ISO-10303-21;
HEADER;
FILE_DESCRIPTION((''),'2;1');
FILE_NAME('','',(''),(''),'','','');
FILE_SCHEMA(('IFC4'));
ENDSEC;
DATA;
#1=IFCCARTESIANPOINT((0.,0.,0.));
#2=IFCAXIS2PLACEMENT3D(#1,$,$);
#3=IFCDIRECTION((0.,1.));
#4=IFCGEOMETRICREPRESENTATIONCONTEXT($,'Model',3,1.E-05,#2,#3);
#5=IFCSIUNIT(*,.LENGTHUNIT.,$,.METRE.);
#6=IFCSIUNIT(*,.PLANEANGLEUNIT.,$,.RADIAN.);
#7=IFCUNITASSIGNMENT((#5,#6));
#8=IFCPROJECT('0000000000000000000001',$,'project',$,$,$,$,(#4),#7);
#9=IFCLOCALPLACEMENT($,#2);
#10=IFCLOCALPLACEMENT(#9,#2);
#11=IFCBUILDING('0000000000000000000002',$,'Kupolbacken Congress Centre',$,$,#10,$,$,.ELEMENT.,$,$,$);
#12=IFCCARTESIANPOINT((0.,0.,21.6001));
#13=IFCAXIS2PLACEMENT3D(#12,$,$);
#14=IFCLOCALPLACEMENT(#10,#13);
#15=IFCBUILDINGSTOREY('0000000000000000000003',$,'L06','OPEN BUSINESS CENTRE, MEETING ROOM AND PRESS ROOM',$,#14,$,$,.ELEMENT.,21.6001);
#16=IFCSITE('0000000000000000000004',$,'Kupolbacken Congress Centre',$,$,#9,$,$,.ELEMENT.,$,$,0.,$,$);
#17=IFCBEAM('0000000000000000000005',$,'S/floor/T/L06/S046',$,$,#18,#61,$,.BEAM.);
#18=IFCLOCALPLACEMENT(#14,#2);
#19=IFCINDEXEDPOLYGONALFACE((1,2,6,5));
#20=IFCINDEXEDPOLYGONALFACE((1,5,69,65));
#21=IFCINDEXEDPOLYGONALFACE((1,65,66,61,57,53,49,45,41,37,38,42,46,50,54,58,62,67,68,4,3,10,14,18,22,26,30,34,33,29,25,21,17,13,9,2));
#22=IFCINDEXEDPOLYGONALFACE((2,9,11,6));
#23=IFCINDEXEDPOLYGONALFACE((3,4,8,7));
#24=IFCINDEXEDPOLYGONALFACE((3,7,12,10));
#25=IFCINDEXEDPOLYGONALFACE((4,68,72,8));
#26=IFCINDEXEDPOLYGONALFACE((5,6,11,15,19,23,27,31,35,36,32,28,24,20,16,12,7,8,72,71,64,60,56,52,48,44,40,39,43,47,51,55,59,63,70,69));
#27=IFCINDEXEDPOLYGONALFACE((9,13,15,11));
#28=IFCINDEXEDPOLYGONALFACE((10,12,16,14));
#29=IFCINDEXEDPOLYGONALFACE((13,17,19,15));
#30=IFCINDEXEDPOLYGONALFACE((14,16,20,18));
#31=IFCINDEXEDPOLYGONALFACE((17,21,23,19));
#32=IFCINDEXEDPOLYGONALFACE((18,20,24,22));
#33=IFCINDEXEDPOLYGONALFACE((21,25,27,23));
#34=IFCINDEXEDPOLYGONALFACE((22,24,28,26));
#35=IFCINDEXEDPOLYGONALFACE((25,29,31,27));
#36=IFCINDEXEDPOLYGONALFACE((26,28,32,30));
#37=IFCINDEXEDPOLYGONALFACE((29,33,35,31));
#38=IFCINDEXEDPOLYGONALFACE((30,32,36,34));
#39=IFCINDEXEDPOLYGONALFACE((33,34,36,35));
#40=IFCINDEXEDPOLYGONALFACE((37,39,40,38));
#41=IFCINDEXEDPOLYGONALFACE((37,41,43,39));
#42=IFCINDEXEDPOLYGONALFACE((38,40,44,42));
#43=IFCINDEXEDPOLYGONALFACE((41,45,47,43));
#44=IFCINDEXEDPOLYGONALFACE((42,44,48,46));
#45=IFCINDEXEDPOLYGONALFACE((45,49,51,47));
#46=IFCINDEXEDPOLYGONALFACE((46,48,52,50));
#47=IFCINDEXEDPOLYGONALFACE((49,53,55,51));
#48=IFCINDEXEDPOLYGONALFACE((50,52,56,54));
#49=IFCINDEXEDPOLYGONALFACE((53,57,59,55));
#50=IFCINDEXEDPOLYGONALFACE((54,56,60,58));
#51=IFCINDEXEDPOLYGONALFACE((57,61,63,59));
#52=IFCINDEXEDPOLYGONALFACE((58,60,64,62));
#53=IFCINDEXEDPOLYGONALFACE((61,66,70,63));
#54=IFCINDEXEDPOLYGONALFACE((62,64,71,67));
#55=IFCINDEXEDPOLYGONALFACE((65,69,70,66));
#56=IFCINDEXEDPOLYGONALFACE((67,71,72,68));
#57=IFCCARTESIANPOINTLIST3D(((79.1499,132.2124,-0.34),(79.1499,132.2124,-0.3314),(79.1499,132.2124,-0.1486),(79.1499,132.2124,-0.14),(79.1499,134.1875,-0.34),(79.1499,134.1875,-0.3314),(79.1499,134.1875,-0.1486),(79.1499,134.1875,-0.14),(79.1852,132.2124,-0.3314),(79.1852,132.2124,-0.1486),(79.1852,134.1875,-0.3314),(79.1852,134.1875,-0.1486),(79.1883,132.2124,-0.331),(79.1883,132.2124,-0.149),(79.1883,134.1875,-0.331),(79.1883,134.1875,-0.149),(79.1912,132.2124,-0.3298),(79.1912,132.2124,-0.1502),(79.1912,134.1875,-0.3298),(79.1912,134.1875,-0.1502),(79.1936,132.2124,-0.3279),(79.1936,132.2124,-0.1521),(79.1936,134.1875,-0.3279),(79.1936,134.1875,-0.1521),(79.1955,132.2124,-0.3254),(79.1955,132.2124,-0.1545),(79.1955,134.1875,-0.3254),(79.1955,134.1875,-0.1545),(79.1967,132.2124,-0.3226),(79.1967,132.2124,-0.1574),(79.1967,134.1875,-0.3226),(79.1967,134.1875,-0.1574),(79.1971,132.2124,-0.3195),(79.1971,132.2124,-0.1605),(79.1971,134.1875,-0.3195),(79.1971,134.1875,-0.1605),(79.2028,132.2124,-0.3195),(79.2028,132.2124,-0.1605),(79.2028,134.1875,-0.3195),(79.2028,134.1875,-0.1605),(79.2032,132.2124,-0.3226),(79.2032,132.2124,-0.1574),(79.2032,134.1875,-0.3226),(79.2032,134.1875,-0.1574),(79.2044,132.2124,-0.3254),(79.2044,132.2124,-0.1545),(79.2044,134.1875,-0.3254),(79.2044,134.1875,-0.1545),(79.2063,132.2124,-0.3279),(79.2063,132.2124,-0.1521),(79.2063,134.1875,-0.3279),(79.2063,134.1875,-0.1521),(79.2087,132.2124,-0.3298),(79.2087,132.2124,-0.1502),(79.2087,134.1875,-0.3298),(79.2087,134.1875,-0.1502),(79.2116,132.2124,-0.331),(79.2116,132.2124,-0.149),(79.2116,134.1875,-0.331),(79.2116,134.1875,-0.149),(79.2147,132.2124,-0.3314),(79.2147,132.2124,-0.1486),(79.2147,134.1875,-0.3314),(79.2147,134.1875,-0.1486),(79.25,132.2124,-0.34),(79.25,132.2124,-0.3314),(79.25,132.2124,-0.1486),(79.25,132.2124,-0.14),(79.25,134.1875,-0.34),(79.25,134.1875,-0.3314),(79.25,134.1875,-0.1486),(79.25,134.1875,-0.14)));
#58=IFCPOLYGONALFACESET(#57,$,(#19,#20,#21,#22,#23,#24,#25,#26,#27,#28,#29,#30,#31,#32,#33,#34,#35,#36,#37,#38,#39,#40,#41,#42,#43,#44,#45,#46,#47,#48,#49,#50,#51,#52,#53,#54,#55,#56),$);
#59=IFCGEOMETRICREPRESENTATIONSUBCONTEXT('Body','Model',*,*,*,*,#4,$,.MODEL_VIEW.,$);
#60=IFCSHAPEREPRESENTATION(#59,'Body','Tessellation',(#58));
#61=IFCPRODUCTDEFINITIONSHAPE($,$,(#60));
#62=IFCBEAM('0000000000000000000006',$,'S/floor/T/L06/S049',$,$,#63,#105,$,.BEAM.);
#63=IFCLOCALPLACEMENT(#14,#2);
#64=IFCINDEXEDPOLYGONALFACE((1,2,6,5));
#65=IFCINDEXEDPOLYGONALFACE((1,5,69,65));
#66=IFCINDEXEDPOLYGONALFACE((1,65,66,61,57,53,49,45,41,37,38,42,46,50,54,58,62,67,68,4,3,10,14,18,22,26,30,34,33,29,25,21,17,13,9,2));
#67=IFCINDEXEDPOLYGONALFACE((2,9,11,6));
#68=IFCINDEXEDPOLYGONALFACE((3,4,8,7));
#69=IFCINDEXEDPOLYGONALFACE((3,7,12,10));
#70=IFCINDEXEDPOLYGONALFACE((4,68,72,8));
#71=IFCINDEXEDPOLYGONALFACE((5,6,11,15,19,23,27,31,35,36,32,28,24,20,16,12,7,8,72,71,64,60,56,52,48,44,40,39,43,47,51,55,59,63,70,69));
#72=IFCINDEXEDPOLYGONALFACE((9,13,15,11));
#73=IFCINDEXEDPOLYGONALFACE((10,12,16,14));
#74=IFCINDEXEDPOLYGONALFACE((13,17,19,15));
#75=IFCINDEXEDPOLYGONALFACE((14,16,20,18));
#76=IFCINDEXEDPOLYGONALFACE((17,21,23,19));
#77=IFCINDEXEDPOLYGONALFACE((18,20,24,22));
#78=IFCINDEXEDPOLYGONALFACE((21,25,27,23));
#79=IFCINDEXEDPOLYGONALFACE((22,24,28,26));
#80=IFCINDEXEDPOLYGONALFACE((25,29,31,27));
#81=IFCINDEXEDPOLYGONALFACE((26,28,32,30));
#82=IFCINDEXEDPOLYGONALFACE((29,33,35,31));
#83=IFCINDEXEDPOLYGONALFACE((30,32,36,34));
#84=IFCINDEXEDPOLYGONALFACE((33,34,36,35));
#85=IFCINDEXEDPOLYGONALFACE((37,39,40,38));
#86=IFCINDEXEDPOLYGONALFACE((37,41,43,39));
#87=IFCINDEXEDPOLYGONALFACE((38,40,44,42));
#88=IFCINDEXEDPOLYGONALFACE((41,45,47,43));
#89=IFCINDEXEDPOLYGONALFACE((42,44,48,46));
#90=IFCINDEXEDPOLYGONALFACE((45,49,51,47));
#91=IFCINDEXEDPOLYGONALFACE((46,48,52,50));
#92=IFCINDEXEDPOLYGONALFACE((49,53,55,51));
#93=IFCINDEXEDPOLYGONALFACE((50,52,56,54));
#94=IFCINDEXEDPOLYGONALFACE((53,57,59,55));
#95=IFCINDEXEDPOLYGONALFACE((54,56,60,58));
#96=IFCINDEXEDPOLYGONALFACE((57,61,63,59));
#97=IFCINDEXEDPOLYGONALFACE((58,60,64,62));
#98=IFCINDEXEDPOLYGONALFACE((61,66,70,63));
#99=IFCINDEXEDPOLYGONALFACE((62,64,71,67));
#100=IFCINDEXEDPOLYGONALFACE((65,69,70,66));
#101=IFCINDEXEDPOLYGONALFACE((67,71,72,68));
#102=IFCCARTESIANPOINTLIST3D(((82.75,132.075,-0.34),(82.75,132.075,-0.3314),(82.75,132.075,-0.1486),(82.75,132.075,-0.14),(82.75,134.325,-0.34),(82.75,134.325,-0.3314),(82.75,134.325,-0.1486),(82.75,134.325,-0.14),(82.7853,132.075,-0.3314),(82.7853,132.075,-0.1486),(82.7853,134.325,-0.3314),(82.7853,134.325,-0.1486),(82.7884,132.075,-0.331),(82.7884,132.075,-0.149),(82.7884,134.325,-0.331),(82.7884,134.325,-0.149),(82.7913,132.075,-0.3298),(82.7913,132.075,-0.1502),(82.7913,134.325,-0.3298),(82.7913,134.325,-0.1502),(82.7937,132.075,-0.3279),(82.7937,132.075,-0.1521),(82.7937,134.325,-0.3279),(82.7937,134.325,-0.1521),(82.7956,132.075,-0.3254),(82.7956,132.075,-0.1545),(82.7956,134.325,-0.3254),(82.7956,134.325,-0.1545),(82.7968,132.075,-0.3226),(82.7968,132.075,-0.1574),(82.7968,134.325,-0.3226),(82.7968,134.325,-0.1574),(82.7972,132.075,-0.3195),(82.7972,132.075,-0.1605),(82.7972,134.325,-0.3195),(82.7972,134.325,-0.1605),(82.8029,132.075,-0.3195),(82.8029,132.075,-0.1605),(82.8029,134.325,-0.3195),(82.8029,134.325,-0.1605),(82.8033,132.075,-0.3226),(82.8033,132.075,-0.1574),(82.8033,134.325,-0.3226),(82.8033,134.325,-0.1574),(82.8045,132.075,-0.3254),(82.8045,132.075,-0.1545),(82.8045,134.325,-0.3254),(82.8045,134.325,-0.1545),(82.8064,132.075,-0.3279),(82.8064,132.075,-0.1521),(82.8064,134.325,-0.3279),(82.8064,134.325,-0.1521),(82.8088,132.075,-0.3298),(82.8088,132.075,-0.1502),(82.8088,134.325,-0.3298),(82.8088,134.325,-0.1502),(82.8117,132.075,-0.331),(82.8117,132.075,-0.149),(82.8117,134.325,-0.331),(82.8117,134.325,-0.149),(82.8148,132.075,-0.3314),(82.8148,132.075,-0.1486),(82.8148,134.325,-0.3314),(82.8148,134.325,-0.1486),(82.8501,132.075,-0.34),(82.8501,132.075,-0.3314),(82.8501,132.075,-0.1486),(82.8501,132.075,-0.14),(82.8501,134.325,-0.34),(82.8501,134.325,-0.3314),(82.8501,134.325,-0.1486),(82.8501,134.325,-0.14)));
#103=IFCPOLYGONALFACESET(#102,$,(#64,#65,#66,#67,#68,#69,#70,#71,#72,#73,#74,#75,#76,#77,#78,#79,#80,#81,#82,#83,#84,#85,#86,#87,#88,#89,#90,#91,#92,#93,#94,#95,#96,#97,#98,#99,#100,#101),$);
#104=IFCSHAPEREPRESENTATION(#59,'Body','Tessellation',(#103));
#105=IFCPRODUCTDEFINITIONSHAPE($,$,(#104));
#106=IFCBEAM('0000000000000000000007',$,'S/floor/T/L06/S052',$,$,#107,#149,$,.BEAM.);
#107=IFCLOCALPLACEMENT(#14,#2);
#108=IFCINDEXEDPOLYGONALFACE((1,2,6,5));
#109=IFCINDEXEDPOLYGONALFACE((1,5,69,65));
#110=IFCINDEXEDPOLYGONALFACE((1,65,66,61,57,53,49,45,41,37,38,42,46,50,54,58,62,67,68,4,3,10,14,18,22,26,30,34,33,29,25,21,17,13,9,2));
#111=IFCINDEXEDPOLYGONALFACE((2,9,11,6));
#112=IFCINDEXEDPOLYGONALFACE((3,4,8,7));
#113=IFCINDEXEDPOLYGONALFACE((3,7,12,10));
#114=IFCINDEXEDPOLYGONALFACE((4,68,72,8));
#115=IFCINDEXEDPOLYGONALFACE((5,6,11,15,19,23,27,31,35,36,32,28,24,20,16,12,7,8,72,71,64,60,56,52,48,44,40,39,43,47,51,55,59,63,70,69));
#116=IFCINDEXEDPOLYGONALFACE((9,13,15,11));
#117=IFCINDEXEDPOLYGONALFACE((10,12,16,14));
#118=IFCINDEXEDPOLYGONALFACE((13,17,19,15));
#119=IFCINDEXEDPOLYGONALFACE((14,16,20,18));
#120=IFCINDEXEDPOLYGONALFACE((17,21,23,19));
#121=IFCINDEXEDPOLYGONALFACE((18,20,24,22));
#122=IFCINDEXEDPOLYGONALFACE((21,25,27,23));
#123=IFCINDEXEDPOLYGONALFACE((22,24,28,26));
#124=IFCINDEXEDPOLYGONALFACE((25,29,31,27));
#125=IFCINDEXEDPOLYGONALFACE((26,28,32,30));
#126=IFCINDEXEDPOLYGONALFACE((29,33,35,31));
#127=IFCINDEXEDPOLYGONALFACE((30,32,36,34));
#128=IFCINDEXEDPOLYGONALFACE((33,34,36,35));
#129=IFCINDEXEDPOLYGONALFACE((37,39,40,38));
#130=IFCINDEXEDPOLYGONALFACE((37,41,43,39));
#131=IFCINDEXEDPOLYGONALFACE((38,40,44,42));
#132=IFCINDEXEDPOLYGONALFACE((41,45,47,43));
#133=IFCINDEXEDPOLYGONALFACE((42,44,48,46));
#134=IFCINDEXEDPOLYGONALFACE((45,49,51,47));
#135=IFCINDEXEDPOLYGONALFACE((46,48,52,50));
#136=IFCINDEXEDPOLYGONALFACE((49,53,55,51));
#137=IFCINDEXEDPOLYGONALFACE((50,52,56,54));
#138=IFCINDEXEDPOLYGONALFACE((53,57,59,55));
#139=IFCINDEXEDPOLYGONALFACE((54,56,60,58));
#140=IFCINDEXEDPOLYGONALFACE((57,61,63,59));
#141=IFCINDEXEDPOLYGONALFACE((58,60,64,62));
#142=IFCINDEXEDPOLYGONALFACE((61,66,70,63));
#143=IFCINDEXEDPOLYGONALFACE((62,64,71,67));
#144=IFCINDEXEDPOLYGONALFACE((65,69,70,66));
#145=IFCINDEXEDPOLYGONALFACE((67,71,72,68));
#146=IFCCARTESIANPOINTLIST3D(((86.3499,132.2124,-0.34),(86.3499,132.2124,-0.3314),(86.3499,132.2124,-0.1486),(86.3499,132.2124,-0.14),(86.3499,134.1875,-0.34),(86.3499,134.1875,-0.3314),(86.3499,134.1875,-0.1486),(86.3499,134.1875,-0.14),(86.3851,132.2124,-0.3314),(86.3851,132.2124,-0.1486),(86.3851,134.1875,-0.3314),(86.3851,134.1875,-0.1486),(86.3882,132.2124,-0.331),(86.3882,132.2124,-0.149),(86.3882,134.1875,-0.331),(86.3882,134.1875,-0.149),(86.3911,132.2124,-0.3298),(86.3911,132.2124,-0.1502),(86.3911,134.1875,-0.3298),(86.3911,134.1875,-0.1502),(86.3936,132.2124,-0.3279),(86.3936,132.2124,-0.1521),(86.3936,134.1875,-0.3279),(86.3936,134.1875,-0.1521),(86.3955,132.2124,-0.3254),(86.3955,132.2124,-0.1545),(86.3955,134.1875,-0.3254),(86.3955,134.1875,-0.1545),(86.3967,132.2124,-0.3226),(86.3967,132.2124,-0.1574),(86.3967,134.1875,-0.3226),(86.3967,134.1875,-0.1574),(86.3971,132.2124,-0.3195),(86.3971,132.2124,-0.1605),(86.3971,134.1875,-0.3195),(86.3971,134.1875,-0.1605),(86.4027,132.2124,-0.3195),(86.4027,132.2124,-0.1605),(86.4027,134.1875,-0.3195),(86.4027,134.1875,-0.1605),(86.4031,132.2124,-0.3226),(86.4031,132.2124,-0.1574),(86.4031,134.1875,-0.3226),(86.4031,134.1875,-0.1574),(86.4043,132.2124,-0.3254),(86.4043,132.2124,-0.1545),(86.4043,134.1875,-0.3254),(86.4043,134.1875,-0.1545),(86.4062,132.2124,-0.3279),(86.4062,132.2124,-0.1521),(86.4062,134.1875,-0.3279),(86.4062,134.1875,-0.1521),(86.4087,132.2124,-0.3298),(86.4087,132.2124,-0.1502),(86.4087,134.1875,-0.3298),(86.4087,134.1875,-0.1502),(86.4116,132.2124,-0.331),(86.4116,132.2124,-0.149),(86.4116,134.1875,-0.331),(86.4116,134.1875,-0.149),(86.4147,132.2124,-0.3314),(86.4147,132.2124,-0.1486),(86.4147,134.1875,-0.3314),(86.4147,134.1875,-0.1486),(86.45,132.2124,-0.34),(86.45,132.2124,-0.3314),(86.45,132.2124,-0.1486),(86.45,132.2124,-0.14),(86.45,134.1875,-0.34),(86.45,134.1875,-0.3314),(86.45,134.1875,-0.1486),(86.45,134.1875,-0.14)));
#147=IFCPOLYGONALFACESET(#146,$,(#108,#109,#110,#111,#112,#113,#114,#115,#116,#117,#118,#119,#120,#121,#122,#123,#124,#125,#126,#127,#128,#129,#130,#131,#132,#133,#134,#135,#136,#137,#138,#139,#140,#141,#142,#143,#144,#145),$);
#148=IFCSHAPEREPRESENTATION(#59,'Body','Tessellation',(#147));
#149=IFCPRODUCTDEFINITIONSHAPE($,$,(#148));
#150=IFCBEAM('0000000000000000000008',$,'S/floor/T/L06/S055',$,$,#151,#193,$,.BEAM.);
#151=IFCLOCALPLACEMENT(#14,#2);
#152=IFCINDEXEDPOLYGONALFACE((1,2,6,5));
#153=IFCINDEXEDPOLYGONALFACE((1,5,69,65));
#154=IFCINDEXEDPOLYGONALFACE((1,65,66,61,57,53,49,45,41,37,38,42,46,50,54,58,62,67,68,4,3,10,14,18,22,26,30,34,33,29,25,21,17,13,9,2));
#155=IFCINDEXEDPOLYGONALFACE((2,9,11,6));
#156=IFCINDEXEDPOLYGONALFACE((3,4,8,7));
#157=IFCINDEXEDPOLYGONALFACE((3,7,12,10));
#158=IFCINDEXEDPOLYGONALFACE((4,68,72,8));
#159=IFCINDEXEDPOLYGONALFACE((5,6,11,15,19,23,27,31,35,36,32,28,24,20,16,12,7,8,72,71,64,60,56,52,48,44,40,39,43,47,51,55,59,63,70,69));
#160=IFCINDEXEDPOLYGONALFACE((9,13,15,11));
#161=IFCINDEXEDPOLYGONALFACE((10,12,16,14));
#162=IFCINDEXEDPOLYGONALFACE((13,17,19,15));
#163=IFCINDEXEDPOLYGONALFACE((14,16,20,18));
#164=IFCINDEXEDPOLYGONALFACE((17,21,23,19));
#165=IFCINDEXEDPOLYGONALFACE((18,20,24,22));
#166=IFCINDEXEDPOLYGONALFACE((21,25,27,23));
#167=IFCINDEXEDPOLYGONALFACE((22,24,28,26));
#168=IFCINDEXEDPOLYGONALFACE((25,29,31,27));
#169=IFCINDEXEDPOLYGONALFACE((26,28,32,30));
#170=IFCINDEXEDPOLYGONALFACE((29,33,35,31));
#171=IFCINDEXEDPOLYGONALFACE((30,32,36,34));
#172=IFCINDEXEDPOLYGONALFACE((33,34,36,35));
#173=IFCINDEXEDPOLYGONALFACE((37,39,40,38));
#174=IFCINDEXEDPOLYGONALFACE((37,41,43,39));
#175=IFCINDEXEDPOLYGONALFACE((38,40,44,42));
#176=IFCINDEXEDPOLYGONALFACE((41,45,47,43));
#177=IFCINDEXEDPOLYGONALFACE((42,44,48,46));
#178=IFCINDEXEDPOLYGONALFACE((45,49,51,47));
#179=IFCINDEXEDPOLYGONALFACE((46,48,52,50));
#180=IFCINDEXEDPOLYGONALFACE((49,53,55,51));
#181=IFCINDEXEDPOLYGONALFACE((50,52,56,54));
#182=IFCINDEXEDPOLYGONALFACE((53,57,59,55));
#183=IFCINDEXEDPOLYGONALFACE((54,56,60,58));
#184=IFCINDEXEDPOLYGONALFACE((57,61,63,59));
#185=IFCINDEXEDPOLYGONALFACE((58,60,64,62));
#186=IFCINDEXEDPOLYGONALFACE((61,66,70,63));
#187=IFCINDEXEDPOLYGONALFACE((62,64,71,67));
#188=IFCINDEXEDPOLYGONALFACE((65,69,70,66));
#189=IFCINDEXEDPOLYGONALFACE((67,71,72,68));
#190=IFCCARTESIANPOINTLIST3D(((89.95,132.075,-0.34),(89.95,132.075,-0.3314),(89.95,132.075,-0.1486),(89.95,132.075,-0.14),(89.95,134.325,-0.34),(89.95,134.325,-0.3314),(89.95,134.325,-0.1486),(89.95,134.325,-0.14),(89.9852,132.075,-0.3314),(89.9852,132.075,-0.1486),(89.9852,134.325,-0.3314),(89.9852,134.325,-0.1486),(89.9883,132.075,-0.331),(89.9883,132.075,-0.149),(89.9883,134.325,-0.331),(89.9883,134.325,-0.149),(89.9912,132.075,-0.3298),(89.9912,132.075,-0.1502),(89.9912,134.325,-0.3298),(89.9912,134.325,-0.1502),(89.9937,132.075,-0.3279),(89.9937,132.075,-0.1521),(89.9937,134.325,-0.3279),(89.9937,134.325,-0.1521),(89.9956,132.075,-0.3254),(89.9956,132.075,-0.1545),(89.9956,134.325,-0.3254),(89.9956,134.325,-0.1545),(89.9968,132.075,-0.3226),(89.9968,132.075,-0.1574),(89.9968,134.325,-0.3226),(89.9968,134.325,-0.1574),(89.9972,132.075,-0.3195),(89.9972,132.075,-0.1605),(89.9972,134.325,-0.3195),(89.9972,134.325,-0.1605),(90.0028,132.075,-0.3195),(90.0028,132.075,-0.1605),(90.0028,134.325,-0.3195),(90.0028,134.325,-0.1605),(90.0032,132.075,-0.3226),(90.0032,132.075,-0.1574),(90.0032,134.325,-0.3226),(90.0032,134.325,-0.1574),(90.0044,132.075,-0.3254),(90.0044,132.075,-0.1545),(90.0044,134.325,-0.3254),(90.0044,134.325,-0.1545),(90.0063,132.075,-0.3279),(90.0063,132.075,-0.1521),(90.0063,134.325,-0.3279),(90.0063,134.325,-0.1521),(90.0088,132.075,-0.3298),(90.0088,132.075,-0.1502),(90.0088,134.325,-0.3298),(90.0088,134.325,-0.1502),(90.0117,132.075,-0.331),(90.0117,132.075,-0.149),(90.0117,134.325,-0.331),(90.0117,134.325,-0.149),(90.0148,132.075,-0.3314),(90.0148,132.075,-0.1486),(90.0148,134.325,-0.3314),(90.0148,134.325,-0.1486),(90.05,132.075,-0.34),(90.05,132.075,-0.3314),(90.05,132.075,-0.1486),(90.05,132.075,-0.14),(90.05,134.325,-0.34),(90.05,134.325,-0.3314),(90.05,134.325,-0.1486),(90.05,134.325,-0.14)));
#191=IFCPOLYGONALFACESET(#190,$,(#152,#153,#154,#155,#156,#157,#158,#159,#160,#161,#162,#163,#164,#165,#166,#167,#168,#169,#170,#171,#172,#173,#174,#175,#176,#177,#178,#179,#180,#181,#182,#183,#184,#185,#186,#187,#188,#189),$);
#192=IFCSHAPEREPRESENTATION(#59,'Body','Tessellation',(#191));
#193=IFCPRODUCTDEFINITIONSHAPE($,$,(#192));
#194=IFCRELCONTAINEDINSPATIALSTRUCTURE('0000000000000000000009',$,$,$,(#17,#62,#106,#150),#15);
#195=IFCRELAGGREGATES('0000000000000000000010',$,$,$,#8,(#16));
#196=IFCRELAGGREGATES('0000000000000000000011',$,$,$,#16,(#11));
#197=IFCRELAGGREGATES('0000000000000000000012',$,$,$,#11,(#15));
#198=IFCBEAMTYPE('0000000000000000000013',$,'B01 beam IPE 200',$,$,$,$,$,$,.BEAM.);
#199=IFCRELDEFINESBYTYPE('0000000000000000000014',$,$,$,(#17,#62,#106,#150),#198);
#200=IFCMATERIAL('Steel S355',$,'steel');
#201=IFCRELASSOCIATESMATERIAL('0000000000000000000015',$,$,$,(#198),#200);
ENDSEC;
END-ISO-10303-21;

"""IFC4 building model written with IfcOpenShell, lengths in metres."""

from ifc_helpers import new_model, si_unit, direction, frame, origin, origin_2d, place, context, subcontext, project, spatial, i_section, extrude, material, material_profile, profile_set, type_object, element, save


model = new_model("IFC4")

# Units and contexts
model_context = context("Model", 3, precision=1e-05, world=origin(), true_north=direction((0.0, 1.0)))
body_context = subcontext(model_context, "Body", "Model", "MODEL_VIEW")
ifc_project = project(units=[si_unit("LENGTHUNIT", "METRE"), si_unit("PLANEANGLEUNIT", "RADIAN")], contexts=[model_context])

# Site, building, storey
site_placement = place(None, origin())
site = spatial("IfcSite", under=ifc_project, at=site_placement, Name="Kupolbacken Congress Centre", CompositionType="ELEMENT", RefElevation=0.0)
building_placement = place(site_placement, origin())
building = spatial("IfcBuilding", under=site, at=building_placement, Name="Kupolbacken Congress Centre", CompositionType="ELEMENT")
storey_placement = place(building_placement, frame((0.0, 0.0, 21.6001)))
storey = spatial("IfcBuildingStorey", under=building, at=storey_placement, Name="L06", Description="OPEN BUSINESS CENTRE, MEETING ROOM AND PRESS ROOM", CompositionType="ELEMENT", Elevation=21.6001)

# Beams
ifc_material_1 = material(Name="Steel S355", Category="steel")
ifc_material_profile_1 = material_profile(ifc_material_1, i_section(OverallWidth=0.1001, OverallDepth=0.2, WebThickness=0.0056, FlangeThickness=0.0085, FilletRadius=0.012, at=origin_2d()), Name="IPE 200")
ifc_profile_set_1 = profile_set([ifc_material_profile_1], Name="Steel S355")
beam_type_1 = type_object("IfcBeamType", Name="B01 beam IPE 200", PredefinedType="BEAM", material=ifc_profile_set_1)
beam_1_placement = place(storey_placement, frame((79.2, 132.2124, -0.24), z_axis=(0.0, 1.0, 0.0), x_axis=(-1.0, 0.0, 0.0)))
element("IfcBeam", 1, at=beam_1_placement, inside=storey, type_object=beam_type_1, Name="S/floor/T/L06/S046", PredefinedType="BEAM", context=body_context, shape_type="SweptSolid", body=[
    extrude(i_section(OverallWidth=0.1001, OverallDepth=0.2, WebThickness=0.0056, FlangeThickness=0.0085, FilletRadius=0.012, at=origin_2d()), origin(), (0.0, 0.0, 1.0), 1.9751),
])
beam_2_placement = place(storey_placement, frame((82.8, 132.075, -0.24), z_axis=(0.0, 1.0, 0.0), x_axis=(-1.0, 0.0, 0.0)))
element("IfcBeam", 2, at=beam_2_placement, inside=storey, type_object=beam_type_1, Name="S/floor/T/L06/S049", PredefinedType="BEAM", context=body_context, shape_type="SweptSolid", body=[
    extrude(i_section(OverallWidth=0.1001, OverallDepth=0.2, WebThickness=0.0056, FlangeThickness=0.0085, FilletRadius=0.012, at=origin_2d()), origin(), (0.0, 0.0, 1.0), 2.25),
])
beam_3_placement = place(storey_placement, frame((86.3999, 132.2124, -0.24), z_axis=(0.0, 1.0, 0.0), x_axis=(-1.0, 0.0, 0.0)))
element("IfcBeam", 3, at=beam_3_placement, inside=storey, type_object=beam_type_1, Name="S/floor/T/L06/S052", PredefinedType="BEAM", context=body_context, shape_type="SweptSolid", body=[
    extrude(i_section(OverallWidth=0.1001, OverallDepth=0.2, WebThickness=0.0056, FlangeThickness=0.0085, FilletRadius=0.012, at=origin_2d()), origin(), (0.0, 0.0, 1.0), 1.9751),
])
beam_4_placement = place(storey_placement, frame((90.0, 132.075, -0.24), z_axis=(0.0, 1.0, 0.0), x_axis=(-1.0, 0.0, 0.0)))
element("IfcBeam", 4, at=beam_4_placement, inside=storey, type_object=beam_type_1, Name="S/floor/T/L06/S055", PredefinedType="BEAM", context=body_context, shape_type="SweptSolid", body=[
    extrude(i_section(OverallWidth=0.1001, OverallDepth=0.2, WebThickness=0.0056, FlangeThickness=0.0085, FilletRadius=0.012, at=origin_2d()), origin(), (0.0, 0.0, 1.0), 2.25),
])

save(model, "model.ifc")
